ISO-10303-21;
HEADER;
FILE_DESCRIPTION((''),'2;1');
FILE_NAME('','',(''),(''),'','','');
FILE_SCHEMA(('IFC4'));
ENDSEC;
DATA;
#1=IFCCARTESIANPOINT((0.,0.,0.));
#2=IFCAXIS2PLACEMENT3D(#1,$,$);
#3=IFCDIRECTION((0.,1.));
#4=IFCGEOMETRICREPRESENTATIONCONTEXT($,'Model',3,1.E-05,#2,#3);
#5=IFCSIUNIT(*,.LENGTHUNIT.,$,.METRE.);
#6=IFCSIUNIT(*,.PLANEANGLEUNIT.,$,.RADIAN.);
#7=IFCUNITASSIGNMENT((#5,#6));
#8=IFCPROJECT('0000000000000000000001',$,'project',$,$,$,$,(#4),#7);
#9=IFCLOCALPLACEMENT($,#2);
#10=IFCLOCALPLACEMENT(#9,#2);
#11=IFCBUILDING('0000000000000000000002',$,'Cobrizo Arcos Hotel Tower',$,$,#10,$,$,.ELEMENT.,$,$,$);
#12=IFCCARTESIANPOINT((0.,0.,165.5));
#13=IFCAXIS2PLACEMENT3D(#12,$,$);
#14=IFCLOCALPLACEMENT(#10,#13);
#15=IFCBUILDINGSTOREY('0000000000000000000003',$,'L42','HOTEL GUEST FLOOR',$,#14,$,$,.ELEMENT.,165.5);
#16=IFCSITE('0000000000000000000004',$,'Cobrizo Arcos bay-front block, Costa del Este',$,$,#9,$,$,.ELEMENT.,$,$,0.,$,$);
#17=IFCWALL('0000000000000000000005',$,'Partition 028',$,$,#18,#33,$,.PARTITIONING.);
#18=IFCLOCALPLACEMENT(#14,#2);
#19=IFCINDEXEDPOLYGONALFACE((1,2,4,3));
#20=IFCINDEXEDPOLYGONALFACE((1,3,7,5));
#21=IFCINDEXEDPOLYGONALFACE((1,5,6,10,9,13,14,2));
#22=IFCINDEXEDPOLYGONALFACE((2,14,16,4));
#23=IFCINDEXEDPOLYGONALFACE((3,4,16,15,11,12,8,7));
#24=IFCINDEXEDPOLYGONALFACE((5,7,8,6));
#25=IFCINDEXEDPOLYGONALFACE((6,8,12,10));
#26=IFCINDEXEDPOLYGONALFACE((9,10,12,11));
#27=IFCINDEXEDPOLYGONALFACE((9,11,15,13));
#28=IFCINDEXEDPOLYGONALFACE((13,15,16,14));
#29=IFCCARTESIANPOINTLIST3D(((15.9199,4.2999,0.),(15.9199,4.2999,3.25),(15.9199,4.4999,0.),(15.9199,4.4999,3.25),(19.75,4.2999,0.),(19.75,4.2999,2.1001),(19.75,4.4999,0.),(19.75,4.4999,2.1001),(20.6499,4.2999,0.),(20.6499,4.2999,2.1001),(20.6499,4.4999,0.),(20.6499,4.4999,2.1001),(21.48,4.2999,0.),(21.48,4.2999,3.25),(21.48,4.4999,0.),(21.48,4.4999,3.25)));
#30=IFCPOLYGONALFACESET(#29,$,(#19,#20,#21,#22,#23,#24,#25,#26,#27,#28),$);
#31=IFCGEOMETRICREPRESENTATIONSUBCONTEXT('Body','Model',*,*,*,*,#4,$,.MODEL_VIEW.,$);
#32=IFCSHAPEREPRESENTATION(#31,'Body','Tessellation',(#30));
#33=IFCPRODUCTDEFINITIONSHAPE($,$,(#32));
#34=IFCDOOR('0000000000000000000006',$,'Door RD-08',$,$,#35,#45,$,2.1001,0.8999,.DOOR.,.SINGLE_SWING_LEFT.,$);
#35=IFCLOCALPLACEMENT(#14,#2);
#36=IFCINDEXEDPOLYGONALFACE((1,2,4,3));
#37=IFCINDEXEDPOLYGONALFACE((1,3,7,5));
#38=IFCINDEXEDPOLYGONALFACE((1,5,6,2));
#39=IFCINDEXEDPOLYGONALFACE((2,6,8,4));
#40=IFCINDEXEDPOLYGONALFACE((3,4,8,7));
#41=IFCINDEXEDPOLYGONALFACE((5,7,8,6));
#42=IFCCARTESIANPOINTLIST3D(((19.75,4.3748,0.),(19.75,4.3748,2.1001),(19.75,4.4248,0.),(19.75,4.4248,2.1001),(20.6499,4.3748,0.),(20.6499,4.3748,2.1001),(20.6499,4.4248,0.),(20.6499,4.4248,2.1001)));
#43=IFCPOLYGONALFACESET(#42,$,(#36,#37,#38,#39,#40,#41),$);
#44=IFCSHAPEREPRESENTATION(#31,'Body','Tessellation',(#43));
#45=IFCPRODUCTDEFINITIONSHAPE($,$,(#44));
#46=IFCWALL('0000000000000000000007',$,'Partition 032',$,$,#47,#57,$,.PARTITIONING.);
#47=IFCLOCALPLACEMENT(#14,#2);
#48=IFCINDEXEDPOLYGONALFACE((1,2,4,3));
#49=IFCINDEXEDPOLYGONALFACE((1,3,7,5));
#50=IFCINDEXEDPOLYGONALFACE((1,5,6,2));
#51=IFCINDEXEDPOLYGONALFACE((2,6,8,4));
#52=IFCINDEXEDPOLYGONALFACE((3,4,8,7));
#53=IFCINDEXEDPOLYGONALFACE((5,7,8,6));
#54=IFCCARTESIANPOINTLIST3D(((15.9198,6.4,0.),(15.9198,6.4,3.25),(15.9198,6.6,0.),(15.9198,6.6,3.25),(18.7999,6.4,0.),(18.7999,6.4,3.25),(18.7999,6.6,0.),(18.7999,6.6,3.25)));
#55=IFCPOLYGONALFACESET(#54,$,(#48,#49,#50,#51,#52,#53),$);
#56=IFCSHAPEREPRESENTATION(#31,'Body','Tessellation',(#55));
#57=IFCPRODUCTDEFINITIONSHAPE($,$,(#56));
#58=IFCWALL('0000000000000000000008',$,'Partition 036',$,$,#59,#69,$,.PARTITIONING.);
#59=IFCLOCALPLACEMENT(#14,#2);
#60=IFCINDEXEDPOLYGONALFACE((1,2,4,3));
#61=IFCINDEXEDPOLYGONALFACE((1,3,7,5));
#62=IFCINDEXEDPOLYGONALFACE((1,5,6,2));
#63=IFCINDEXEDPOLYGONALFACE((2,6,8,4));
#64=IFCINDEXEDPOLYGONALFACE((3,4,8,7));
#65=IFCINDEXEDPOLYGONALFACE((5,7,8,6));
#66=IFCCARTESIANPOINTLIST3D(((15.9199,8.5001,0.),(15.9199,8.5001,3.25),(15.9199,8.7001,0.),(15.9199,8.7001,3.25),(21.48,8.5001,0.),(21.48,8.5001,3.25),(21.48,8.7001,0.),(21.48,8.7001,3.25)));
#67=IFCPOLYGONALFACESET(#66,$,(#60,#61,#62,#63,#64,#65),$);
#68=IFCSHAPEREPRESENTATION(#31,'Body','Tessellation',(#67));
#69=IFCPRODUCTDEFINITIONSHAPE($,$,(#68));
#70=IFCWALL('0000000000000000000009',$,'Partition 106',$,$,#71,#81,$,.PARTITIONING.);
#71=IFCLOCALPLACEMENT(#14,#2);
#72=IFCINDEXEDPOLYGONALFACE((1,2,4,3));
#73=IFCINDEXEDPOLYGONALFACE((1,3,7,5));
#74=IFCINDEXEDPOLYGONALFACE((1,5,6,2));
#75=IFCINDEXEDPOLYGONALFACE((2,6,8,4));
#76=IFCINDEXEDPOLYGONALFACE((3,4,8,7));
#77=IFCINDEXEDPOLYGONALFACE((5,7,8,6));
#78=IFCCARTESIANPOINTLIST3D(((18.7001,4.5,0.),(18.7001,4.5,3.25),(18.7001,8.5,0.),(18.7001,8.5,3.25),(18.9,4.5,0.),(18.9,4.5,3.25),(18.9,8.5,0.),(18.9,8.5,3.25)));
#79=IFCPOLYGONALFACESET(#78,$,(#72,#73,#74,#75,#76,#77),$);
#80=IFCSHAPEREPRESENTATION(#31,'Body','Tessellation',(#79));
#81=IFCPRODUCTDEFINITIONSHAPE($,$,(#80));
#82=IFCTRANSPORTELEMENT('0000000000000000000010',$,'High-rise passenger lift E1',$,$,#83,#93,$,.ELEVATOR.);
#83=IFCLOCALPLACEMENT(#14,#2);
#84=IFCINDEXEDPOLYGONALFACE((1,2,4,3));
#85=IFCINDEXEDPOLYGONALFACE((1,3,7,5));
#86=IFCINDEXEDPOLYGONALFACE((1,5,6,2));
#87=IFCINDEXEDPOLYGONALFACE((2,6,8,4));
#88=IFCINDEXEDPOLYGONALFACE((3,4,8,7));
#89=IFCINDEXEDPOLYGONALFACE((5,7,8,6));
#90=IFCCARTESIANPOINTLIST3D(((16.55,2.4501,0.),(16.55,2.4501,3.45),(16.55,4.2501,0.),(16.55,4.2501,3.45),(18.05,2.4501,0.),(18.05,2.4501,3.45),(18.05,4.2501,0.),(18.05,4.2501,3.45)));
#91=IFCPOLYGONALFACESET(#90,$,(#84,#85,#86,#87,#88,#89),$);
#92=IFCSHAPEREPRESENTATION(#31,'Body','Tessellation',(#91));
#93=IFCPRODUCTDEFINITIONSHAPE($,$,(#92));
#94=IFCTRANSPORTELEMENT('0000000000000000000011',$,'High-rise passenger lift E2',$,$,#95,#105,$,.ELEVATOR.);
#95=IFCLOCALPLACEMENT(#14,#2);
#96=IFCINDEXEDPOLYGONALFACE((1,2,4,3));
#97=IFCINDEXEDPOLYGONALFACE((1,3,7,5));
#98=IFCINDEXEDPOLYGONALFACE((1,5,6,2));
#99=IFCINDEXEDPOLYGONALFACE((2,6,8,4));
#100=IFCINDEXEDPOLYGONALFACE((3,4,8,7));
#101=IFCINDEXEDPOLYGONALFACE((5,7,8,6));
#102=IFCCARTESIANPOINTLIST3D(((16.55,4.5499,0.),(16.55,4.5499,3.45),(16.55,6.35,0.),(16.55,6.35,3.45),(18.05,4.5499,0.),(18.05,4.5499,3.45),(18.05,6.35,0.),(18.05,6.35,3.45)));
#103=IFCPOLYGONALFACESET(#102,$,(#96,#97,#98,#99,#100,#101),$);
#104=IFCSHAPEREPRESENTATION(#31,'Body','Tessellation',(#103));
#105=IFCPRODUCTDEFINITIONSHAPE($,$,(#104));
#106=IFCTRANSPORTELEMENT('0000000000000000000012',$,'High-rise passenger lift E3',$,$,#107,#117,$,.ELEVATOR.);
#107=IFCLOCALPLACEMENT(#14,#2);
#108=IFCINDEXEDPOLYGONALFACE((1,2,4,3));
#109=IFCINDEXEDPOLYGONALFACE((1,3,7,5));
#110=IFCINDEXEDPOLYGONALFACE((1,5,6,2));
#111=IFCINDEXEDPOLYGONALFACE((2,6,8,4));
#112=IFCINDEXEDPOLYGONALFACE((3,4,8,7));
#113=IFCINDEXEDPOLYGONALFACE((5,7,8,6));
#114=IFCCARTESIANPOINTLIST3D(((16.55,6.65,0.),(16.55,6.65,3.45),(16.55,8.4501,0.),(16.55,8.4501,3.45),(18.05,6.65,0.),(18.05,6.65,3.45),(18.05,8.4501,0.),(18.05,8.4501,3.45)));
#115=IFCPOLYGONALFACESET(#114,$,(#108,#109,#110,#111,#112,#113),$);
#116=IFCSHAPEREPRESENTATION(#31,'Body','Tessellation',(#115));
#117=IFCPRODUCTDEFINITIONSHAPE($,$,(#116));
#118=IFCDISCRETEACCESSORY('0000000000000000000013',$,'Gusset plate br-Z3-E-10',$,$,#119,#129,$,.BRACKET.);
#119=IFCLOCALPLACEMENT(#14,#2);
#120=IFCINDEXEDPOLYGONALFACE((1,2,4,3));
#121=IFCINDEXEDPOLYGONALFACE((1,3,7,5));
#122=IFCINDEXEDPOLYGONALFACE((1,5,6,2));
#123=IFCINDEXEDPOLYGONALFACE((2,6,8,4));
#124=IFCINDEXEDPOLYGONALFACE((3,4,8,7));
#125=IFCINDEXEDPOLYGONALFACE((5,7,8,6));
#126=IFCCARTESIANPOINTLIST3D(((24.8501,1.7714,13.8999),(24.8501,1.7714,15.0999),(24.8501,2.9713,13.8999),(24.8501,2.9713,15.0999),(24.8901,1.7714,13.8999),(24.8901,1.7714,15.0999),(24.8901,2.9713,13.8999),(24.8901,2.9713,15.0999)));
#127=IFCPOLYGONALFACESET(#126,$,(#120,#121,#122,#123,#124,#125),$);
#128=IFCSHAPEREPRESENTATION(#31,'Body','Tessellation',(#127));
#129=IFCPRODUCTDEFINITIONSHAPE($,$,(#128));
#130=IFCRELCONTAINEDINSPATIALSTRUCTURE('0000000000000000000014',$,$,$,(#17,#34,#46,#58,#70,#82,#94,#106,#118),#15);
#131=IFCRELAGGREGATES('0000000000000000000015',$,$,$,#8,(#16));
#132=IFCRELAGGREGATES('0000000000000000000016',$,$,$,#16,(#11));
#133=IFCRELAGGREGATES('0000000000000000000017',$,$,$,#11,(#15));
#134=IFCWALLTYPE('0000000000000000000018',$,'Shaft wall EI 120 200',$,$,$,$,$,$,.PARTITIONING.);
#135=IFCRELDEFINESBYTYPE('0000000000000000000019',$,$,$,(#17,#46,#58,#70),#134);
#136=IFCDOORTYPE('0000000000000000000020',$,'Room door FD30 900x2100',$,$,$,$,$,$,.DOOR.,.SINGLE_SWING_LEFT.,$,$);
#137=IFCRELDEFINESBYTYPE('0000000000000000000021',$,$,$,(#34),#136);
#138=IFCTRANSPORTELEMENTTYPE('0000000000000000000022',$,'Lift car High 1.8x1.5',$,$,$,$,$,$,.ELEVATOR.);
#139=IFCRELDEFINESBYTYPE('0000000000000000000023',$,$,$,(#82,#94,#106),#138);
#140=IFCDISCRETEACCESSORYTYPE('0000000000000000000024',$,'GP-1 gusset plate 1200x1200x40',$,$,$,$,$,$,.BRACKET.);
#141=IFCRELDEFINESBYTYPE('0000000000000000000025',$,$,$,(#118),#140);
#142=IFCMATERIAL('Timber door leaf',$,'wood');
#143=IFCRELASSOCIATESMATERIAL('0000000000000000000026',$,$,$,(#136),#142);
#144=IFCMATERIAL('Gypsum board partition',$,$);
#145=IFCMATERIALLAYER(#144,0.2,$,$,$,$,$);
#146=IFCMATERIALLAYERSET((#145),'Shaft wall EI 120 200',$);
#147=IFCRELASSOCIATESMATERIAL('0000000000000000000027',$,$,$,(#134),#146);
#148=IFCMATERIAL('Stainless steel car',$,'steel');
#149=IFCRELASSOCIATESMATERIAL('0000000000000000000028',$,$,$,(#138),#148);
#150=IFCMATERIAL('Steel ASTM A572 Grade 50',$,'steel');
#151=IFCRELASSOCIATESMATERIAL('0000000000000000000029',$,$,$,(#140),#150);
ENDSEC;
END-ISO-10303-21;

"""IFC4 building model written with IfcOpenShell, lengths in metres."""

from ifc_helpers import new_model, si_unit, direction, frame, frame_2d, origin, origin_2d, place, context, subcontext, project, spatial, rectangle, extrude, material, layer, layer_set, type_object, element, fill, save


model = new_model("IFC4")

# Units and contexts
model_context = context("Model", 3, precision=1e-05, world=origin(), true_north=direction((0.0, 1.0)))
body_context = subcontext(model_context, "Body", "Model", "MODEL_VIEW")
ifc_project = project(units=[si_unit("LENGTHUNIT", "METRE"), si_unit("PLANEANGLEUNIT", "RADIAN")], contexts=[model_context])

# Site, building, storey
site_placement = place(None, origin())
site = spatial("IfcSite", under=ifc_project, at=site_placement, Name="Cobrizo Arcos bay-front block, Costa del Este", CompositionType="ELEMENT", RefElevation=0.0)
building_placement = place(site_placement, origin())
building = spatial("IfcBuilding", under=site, at=building_placement, Name="Cobrizo Arcos Hotel Tower", CompositionType="ELEMENT")
storey_placement = place(building_placement, frame((0.0, 0.0, 165.5)))
storey = spatial("IfcBuildingStorey", under=building, at=storey_placement, Name="L42", Description="HOTEL GUEST FLOOR", CompositionType="ELEMENT", Elevation=165.5)

# Shared definitions
ifc_material_1 = material(Name="Steel ASTM A572 Grade 50", Category="steel")

# Shared definitions
ifc_material_2 = material(Name="Gypsum board partition")

# Shared definitions
ifc_material_3 = material(Name="Timber door leaf", Category="wood")
door_type_1 = type_object("IfcDoorType", Name="Room door FD30 900x2100", OperationType="SINGLE_SWING_LEFT", PredefinedType="DOOR", material=ifc_material_3)

# Shared definitions
ifc_layer_1 = layer(ifc_material_2, 0.2)
ifc_layer_set_1 = layer_set([ifc_layer_1], Name="Shaft wall EI 120 200")
wall_type_1 = type_object("IfcWallType", Name="Shaft wall EI 120 200", PredefinedType="PARTITIONING", material=ifc_layer_set_1)

# Wall, opening, door
wall_1_placement = place(storey_placement, frame((15.9199, 4.3999, 0.0), z_axis=(0.0, 0.0, 1.0), x_axis=(1.0, 0.0, 0.0)))
wall_1 = element("IfcWall", 1, at=wall_1_placement, inside=storey, type_object=wall_type_1, Name="Partition 028", PredefinedType="PARTITIONING", context=body_context, shape_type="SweptSolid", body=[
    extrude(rectangle(XDim=5.5601, YDim=0.2, at=frame_2d((2.78, 0.0))), origin(), (0.0, 0.0, 1.0), 3.25),
])
opening_1_placement = place(wall_1_placement, frame((3.8301, 0.0, 0.0)))
opening_1 = element("IfcOpeningElement", 2, at=opening_1_placement, cuts=wall_1, PredefinedType="OPENING", context=body_context, shape_type="SweptSolid", body=[
    extrude(rectangle(XDim=0.8999, YDim=2.1001, at=frame_2d((0.45, 1.05))), frame((0.0, 0.1121, 0.0), z_axis=(0.0, -1.0, 0.0), x_axis=(1.0, 0.0, 0.0)), (0.0, 0.0, 1.0), 0.2239),
])
door_1_placement = place(opening_1_placement, origin())
door_1 = element("IfcDoor", 3, at=door_1_placement, inside=storey, type_object=door_type_1, Name="Door RD-08", OperationType="SINGLE_SWING_LEFT", OverallHeight=2.1001, OverallWidth=0.8999, PredefinedType="DOOR", context=body_context, shape_type="SweptSolid", body=[
    extrude(rectangle(XDim=0.8999, YDim=2.1001, at=frame_2d((0.45, 1.05))), frame((0.0, 0.0249, 0.0), z_axis=(0.0, -1.0, 0.0), x_axis=(1.0, 0.0, 0.0)), (0.0, 0.0, 1.0), 0.05),
])
fill(opening_1, door_1)

# Walls
wall_2_placement = place(storey_placement, frame((15.9199, 6.5, 0.0), z_axis=(0.0, 0.0, 1.0), x_axis=(1.0, 0.0, 0.0)))
element("IfcWall", 4, at=wall_2_placement, inside=storey, type_object=wall_type_1, Name="Partition 032", PredefinedType="PARTITIONING", context=body_context, shape_type="SweptSolid", body=[
    extrude(rectangle(XDim=2.8801, YDim=0.2, at=frame_2d((1.4399, 0.0))), origin(), (0.0, 0.0, 1.0), 3.25),
])
wall_3_placement = place(storey_placement, frame((15.9199, 8.6001, 0.0), z_axis=(0.0, 0.0, 1.0), x_axis=(1.0, 0.0, 0.0)))
element("IfcWall", 5, at=wall_3_placement, inside=storey, type_object=wall_type_1, Name="Partition 036", PredefinedType="PARTITIONING", context=body_context, shape_type="SweptSolid", body=[
    extrude(rectangle(XDim=5.5601, YDim=0.2, at=frame_2d((2.78, 0.0))), origin(), (0.0, 0.0, 1.0), 3.25),
])
wall_4_placement = place(storey_placement, frame((18.8, 4.5, 0.0), z_axis=(0.0, 0.0, 1.0), x_axis=(0.0, 1.0, 0.0)))
element("IfcWall", 6, at=wall_4_placement, inside=storey, type_object=wall_type_1, Name="Partition 106", PredefinedType="PARTITIONING", context=body_context, shape_type="SweptSolid", body=[
    extrude(rectangle(XDim=4.0, YDim=0.2, at=frame_2d((2.0, 0.0))), origin(), (0.0, 0.0, 1.0), 3.25),
])

# Transport elements
ifc_material_4 = material(Name="Stainless steel car", Category="steel")
transport_element_type = type_object("IfcTransportElementType", Name="Lift car High 1.8x1.5", PredefinedType="ELEVATOR", material=ifc_material_4)
for number, where, z_axis, x_axis, name in (
    (7, (17.3, 3.3501, 0.0), (0.0, 0.0, 1.0), (1.0, 0.0, 0.0), "High-rise passenger lift E1"),
    (8, (17.3, 5.45, 0.0), (0.0, 0.0, 1.0), (1.0, 0.0, 0.0), "High-rise passenger lift E2"),
    (9, (17.3, 7.55, 0.0), (0.0, 0.0, 1.0), (1.0, 0.0, 0.0), "High-rise passenger lift E3"),
):
    element("IfcTransportElement", number, at=place(storey_placement, frame(where, z_axis=z_axis, x_axis=x_axis)), inside=storey, type_object=transport_element_type, Name=name, PredefinedType="ELEVATOR", context=body_context, shape_type="SweptSolid", body=[
        extrude(rectangle(XDim=1.5, YDim=1.8, at=origin_2d()), origin(), (0.0, 0.0, 1.0), 3.45),
    ])

# Discrete accessory
discrete_accessory_type = type_object("IfcDiscreteAccessoryType", Name="GP-1 gusset plate 1200x1200x40", PredefinedType="BRACKET", material=ifc_material_1)
discrete_accessory_placement = place(storey_placement, frame((24.8701, 2.3713, 13.8999), z_axis=(0.0, 0.0, 1.0), x_axis=(1.0, 0.0, 0.0)))
element("IfcDiscreteAccessory", 10, at=discrete_accessory_placement, inside=storey, type_object=discrete_accessory_type, Name="Gusset plate br-Z3-E-10", PredefinedType="BRACKET", context=body_context, shape_type="SweptSolid", body=[
    extrude(rectangle(XDim=0.04, YDim=1.2, at=origin_2d()), origin(), (0.0, 0.0, 1.0), 1.2),
])

save(model, "model.ifc")
